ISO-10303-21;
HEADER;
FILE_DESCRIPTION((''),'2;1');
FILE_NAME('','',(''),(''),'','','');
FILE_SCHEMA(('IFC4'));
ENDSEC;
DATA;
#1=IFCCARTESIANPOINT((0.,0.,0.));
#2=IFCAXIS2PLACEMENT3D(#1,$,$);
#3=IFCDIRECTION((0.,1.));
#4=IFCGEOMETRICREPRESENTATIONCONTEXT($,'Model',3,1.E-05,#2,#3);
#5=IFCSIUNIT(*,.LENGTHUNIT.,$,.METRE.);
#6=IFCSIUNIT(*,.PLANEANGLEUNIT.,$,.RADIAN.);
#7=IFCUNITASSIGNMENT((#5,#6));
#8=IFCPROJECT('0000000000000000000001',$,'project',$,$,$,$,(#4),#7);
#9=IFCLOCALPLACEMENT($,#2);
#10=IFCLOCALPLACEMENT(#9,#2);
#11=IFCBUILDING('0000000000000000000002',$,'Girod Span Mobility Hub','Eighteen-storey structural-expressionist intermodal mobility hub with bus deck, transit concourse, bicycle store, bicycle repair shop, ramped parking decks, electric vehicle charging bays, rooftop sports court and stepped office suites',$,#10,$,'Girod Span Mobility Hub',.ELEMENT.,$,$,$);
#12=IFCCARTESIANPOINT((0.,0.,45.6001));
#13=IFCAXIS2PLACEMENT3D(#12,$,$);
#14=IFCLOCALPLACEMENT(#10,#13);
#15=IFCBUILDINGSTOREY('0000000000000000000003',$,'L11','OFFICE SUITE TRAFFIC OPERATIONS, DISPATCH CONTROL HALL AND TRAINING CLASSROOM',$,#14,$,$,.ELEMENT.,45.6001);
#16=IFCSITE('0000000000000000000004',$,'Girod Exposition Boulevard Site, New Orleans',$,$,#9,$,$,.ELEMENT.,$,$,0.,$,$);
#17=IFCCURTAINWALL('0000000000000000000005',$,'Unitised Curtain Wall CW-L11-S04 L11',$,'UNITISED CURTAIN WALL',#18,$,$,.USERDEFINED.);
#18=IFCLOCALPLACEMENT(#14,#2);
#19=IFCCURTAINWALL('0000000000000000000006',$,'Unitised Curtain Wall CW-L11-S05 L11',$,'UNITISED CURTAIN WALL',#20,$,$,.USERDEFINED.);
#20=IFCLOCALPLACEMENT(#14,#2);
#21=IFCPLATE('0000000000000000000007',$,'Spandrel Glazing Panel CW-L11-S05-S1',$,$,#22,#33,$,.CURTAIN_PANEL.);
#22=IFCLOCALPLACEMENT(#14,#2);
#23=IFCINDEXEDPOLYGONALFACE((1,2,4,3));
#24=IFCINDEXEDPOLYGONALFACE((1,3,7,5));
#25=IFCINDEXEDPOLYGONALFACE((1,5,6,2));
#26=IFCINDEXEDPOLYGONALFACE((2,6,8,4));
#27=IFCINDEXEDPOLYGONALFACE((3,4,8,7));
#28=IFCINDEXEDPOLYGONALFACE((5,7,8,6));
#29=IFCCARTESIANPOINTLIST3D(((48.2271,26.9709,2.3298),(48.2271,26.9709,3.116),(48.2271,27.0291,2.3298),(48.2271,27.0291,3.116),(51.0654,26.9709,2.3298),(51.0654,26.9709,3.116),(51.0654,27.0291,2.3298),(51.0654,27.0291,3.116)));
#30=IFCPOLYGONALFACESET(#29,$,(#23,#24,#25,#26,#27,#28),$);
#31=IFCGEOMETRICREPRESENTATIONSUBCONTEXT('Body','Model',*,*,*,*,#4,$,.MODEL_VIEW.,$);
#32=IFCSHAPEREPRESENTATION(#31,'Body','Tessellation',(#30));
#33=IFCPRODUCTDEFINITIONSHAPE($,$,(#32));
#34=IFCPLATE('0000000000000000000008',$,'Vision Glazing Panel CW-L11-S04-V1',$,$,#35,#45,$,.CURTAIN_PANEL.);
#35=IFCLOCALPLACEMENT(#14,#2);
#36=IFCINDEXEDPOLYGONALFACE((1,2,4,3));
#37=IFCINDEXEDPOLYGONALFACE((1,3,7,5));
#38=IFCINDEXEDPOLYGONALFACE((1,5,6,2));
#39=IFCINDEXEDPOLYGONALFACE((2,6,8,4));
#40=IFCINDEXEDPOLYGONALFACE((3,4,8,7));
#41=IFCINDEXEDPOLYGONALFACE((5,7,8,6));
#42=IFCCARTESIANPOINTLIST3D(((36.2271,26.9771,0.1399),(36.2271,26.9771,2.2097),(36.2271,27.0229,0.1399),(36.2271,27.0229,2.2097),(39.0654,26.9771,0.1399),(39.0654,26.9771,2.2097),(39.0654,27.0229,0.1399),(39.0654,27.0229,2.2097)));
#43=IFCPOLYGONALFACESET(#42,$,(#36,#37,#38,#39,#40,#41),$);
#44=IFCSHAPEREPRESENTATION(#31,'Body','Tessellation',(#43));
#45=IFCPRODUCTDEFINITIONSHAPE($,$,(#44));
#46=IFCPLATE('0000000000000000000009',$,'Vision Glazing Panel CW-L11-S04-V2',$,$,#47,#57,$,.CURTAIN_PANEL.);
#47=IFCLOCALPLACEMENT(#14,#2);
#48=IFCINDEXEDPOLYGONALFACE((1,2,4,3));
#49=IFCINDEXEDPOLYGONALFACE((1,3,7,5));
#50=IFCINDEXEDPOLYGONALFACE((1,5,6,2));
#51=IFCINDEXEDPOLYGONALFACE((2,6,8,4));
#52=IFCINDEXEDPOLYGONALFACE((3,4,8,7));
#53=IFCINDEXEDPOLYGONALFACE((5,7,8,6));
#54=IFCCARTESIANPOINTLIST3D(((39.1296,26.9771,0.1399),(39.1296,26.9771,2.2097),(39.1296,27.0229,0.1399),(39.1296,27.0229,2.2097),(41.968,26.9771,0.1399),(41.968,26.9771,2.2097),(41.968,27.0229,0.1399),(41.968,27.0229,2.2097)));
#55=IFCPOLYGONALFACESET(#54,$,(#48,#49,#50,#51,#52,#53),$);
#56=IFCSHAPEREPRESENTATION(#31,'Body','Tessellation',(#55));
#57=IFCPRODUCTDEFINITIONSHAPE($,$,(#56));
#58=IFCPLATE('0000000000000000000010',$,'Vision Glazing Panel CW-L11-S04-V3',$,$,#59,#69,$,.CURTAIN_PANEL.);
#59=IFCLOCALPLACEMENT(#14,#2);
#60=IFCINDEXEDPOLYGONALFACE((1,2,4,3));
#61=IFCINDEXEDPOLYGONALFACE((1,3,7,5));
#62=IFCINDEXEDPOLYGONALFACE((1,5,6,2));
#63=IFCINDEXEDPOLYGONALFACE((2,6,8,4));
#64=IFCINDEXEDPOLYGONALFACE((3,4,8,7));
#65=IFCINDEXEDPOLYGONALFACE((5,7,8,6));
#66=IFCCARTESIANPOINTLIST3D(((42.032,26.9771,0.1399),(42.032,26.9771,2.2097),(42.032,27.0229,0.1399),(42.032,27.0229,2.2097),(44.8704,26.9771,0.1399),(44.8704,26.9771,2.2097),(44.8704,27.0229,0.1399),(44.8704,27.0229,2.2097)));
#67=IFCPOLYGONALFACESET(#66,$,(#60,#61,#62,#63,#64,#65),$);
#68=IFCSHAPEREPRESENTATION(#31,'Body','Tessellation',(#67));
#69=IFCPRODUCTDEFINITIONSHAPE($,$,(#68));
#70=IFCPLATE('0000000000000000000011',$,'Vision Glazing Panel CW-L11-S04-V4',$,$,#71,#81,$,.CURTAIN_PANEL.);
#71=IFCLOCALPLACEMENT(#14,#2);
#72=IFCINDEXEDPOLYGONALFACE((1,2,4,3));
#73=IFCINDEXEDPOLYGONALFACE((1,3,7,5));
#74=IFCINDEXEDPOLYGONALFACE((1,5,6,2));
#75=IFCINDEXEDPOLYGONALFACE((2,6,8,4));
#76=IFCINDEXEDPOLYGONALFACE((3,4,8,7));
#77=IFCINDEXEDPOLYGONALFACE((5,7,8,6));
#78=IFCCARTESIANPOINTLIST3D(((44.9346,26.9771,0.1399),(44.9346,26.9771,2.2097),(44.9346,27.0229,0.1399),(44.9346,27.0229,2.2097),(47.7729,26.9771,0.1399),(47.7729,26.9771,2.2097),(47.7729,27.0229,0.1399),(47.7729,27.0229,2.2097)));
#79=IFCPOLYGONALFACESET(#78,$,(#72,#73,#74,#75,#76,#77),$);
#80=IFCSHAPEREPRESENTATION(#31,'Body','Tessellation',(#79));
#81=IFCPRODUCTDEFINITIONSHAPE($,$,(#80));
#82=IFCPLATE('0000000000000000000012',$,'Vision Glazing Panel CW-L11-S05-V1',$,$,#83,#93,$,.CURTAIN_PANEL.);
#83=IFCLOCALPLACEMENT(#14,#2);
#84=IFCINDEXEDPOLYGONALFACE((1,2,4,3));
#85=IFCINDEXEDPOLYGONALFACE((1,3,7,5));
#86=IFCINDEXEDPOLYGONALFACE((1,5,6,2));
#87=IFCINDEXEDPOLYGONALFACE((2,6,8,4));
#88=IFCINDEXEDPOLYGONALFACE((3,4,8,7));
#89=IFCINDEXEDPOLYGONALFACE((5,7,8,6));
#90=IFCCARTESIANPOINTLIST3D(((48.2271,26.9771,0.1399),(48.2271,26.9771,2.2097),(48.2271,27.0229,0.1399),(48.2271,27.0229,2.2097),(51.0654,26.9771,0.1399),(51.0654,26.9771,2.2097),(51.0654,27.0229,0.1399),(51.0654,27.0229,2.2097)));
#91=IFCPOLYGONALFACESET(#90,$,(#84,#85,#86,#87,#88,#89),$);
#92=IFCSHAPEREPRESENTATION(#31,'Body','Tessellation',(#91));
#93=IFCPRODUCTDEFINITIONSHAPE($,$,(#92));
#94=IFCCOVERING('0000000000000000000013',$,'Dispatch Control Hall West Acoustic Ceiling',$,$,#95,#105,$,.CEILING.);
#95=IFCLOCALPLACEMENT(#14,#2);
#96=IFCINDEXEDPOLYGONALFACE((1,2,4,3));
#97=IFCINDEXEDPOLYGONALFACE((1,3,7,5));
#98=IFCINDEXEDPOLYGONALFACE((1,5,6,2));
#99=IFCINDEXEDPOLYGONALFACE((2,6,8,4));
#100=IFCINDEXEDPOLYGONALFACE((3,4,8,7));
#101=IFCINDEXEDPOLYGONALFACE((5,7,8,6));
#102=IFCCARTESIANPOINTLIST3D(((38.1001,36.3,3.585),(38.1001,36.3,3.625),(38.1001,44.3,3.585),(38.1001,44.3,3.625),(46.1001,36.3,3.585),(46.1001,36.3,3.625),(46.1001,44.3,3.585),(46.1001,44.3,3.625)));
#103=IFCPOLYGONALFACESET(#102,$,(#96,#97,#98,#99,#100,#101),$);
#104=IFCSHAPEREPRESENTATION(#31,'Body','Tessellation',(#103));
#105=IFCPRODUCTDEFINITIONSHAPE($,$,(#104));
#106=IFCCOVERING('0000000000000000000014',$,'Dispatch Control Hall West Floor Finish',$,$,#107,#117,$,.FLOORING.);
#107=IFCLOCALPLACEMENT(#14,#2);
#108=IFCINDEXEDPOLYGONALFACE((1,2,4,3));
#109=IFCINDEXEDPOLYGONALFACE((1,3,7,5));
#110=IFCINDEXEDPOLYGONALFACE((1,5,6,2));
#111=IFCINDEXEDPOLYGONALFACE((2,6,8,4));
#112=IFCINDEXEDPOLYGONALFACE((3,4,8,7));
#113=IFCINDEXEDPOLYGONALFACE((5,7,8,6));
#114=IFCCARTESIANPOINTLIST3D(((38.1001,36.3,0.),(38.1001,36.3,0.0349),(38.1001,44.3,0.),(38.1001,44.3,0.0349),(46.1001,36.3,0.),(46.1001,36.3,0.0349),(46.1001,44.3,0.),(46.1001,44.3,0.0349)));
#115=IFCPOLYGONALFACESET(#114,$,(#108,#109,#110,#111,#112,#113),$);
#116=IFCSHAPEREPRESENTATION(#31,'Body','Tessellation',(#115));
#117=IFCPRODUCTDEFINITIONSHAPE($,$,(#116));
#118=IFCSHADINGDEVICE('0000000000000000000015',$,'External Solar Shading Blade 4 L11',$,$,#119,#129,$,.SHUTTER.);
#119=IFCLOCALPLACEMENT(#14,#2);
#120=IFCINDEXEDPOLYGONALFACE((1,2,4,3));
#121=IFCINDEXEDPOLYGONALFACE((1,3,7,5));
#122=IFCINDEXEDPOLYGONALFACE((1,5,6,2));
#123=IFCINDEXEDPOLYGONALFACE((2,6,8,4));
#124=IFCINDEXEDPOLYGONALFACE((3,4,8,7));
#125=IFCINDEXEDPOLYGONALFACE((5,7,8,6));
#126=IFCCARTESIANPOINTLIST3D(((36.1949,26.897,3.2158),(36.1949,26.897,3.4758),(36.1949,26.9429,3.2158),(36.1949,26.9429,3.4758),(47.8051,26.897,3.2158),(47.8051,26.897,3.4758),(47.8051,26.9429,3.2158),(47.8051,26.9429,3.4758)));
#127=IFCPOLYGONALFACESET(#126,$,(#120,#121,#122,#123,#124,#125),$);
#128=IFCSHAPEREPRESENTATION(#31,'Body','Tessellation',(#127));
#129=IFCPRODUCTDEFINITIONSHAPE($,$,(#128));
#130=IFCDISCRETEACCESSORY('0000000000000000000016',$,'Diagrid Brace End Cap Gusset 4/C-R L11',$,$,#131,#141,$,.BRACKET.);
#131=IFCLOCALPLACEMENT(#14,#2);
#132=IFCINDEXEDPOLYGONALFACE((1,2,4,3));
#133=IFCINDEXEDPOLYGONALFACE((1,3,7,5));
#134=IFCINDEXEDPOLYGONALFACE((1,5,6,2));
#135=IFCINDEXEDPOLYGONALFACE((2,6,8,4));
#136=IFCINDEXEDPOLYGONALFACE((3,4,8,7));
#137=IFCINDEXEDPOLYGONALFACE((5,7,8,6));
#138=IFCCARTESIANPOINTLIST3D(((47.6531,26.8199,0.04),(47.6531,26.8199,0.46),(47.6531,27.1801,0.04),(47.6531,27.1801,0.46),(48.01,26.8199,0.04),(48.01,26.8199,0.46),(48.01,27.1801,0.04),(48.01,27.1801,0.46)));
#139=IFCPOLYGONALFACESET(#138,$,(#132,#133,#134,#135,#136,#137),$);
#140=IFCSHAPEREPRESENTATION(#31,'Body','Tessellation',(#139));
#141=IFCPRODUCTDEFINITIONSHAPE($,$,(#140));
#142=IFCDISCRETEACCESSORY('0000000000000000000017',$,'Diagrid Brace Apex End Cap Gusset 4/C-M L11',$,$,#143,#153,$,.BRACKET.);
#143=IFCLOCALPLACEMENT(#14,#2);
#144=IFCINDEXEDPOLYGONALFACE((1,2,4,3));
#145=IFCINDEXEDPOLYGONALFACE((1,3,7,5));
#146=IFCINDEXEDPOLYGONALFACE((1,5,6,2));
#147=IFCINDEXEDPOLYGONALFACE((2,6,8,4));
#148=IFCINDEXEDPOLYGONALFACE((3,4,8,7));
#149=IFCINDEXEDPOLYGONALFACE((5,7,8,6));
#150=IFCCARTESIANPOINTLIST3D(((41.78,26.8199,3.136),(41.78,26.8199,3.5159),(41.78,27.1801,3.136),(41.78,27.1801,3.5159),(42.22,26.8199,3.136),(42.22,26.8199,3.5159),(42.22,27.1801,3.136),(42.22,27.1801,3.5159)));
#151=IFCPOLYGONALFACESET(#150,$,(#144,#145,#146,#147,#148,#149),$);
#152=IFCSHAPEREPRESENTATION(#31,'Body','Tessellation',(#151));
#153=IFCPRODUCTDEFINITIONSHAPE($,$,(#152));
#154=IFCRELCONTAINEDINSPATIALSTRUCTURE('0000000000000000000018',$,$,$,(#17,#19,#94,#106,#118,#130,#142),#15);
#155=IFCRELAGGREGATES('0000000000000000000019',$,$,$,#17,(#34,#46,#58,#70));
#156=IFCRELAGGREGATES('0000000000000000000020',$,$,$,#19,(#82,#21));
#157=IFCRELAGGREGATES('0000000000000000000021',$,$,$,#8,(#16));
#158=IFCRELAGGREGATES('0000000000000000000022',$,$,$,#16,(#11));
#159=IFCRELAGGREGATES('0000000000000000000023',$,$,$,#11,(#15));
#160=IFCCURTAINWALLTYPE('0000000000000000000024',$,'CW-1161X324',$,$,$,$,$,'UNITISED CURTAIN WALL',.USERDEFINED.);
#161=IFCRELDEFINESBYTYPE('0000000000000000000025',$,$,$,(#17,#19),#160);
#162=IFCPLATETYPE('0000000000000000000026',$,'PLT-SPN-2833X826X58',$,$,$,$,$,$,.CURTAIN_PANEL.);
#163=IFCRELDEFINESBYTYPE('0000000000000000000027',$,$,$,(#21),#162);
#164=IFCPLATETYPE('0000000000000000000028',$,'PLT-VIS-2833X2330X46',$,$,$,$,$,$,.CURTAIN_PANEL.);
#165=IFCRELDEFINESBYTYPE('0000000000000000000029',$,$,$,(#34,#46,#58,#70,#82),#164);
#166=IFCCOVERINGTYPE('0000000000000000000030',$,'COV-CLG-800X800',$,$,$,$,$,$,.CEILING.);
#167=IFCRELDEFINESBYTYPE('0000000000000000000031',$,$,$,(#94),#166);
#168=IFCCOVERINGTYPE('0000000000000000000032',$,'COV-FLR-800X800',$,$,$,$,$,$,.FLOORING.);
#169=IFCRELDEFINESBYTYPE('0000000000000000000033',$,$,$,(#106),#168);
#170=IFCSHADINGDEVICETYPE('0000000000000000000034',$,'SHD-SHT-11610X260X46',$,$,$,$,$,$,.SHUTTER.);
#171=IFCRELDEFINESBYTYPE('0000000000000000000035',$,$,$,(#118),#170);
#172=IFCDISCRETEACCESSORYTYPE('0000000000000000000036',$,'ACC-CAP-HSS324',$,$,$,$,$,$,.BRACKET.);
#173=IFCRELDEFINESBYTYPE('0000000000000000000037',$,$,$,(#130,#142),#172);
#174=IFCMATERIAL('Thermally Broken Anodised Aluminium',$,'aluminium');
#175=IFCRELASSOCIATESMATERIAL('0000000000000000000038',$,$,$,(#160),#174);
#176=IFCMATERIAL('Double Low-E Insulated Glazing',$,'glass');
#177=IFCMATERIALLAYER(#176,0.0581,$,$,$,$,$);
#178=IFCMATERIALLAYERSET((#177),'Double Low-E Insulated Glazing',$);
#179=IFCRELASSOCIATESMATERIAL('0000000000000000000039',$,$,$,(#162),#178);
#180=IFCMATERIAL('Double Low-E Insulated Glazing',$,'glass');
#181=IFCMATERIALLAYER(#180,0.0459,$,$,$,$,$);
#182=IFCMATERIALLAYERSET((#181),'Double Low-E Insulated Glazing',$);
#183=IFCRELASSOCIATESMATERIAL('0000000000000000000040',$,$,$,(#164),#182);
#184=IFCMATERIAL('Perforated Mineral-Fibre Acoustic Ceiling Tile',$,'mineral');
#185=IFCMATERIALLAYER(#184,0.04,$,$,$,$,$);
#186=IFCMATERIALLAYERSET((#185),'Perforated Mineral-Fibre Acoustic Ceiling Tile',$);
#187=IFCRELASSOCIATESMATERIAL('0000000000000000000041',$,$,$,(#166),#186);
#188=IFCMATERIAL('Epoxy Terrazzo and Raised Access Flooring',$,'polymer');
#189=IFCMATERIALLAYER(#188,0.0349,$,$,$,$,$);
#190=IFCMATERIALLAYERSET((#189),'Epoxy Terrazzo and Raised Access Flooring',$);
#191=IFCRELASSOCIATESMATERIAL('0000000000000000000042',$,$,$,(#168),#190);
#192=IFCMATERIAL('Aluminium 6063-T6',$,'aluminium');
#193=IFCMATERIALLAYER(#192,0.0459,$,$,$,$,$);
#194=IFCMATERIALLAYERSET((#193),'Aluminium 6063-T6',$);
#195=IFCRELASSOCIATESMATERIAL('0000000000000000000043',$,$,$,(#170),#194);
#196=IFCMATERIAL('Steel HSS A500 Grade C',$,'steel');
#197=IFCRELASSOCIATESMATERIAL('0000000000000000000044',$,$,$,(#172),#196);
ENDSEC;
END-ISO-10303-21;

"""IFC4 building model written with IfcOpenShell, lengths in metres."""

from ifc_helpers import new_model, si_unit, direction, frame, origin, origin_2d, place, context, subcontext, project, spatial, rectangle, extrude, material, layer, layer_set, type_object, element, aggregate, save


model = new_model("IFC4")

# Units and contexts
model_context = context("Model", 3, precision=1e-05, world=origin(), true_north=direction((0.0, 1.0)))
body_context = subcontext(model_context, "Body", "Model", "MODEL_VIEW")
ifc_project = project(units=[si_unit("LENGTHUNIT", "METRE"), si_unit("PLANEANGLEUNIT", "RADIAN")], contexts=[model_context])

# Site, building, storey
site_placement = place(None, origin())
site = spatial("IfcSite", under=ifc_project, at=site_placement, Name="Girod Exposition Boulevard Site, New Orleans", CompositionType="ELEMENT", RefElevation=0.0)
building_placement = place(site_placement, origin())
building = spatial("IfcBuilding", under=site, at=building_placement, Name="Girod Span Mobility Hub", Description="Eighteen-storey structural-expressionist intermodal mobility hub with bus deck, transit concourse, bicycle store, bicycle repair shop, ramped parking decks, electric vehicle charging bays, rooftop sports court and stepped office suites", LongName="Girod Span Mobility Hub", CompositionType="ELEMENT")
storey_placement = place(building_placement, frame((0.0, 0.0, 45.6001)))
storey = spatial("IfcBuildingStorey", under=building, at=storey_placement, Name="L11", Description="OFFICE SUITE TRAFFIC OPERATIONS, DISPATCH CONTROL HALL AND TRAINING CLASSROOM", CompositionType="ELEMENT", Elevation=45.6001)

# Curtain walls
ifc_material_1 = material(Name="Thermally Broken Anodised Aluminium", Category="aluminium")
curtain_wall_type = type_object("IfcCurtainWallType", Name="CW-1161X324", ElementType="UNITISED CURTAIN WALL", PredefinedType="USERDEFINED", material=ifc_material_1)
curtain_wall_1_placement = place(storey_placement, origin())
curtain_wall_1 = element("IfcCurtainWall", 1, at=curtain_wall_1_placement, inside=storey, type_object=curtain_wall_type, Name="Unitised Curtain Wall CW-L11-S04 L11", ObjectType="UNITISED CURTAIN WALL", PredefinedType="USERDEFINED")
curtain_wall_2_placement = place(storey_placement, origin())
curtain_wall_2 = element("IfcCurtainWall", 2, at=curtain_wall_2_placement, inside=storey, type_object=curtain_wall_type, Name="Unitised Curtain Wall CW-L11-S05 L11", ObjectType="UNITISED CURTAIN WALL", PredefinedType="USERDEFINED")

# Plates
ifc_material_2 = material(Name="Double Low-E Insulated Glazing", Category="glass")
ifc_layer_1 = layer(ifc_material_2, 0.0581)
ifc_layer_set_1 = layer_set([ifc_layer_1], Name="Double Low-E Insulated Glazing")
plate_type_1 = type_object("IfcPlateType", Name="PLT-SPN-2833X826X58", PredefinedType="CURTAIN_PANEL", material=ifc_layer_set_1)
plate_1_placement = place(storey_placement, frame((49.6462, 27.0, 2.3298), z_axis=(0.0, 0.0, 1.0), x_axis=(1.0, 0.0, 0.0)))
plate_1 = element("IfcPlate", 3, at=plate_1_placement, type_object=plate_type_1, Name="Spandrel Glazing Panel CW-L11-S05-S1", PredefinedType="CURTAIN_PANEL", context=body_context, shape_type="SweptSolid", body=[
    extrude(rectangle(XDim=2.8384, YDim=0.0581, at=origin_2d()), origin(), (0.0, 0.0, 1.0), 0.7861),
])
ifc_material_3 = material(Name="Double Low-E Insulated Glazing", Category="glass")
ifc_layer_2 = layer(ifc_material_3, 0.0459)
ifc_layer_set_2 = layer_set([ifc_layer_2], Name="Double Low-E Insulated Glazing")
plate_type_2 = type_object("IfcPlateType", Name="PLT-VIS-2833X2330X46", PredefinedType="CURTAIN_PANEL", material=ifc_layer_set_2)
plate_2_placement = place(storey_placement, frame((37.6462, 27.0, 0.1399), z_axis=(0.0, 0.0, 1.0), x_axis=(1.0, 0.0, 0.0)))
plate_2 = element("IfcPlate", 4, at=plate_2_placement, type_object=plate_type_2, Name="Vision Glazing Panel CW-L11-S04-V1", PredefinedType="CURTAIN_PANEL", context=body_context, shape_type="SweptSolid", body=[
    extrude(rectangle(XDim=2.8384, YDim=0.0459, at=origin_2d()), origin(), (0.0, 0.0, 1.0), 2.0698),
])
plate_3_placement = place(storey_placement, frame((40.5488, 27.0, 0.1399), z_axis=(0.0, 0.0, 1.0), x_axis=(1.0, 0.0, 0.0)))
plate_3 = element("IfcPlate", 5, at=plate_3_placement, type_object=plate_type_2, Name="Vision Glazing Panel CW-L11-S04-V2", PredefinedType="CURTAIN_PANEL", context=body_context, shape_type="SweptSolid", body=[
    extrude(rectangle(XDim=2.8384, YDim=0.0459, at=origin_2d()), origin(), (0.0, 0.0, 1.0), 2.0698),
])
plate_4_placement = place(storey_placement, frame((43.4512, 27.0, 0.1399), z_axis=(0.0, 0.0, 1.0), x_axis=(1.0, 0.0, 0.0)))
plate_4 = element("IfcPlate", 6, at=plate_4_placement, type_object=plate_type_2, Name="Vision Glazing Panel CW-L11-S04-V3", PredefinedType="CURTAIN_PANEL", context=body_context, shape_type="SweptSolid", body=[
    extrude(rectangle(XDim=2.8384, YDim=0.0459, at=origin_2d()), origin(), (0.0, 0.0, 1.0), 2.0698),
])
plate_5_placement = place(storey_placement, frame((46.3538, 27.0, 0.1399), z_axis=(0.0, 0.0, 1.0), x_axis=(1.0, 0.0, 0.0)))
plate_5 = element("IfcPlate", 7, at=plate_5_placement, type_object=plate_type_2, Name="Vision Glazing Panel CW-L11-S04-V4", PredefinedType="CURTAIN_PANEL", context=body_context, shape_type="SweptSolid", body=[
    extrude(rectangle(XDim=2.8384, YDim=0.0459, at=origin_2d()), origin(), (0.0, 0.0, 1.0), 2.0698),
])
aggregate(curtain_wall_1, [plate_2, plate_3, plate_4, plate_5])
plate_6_placement = place(storey_placement, frame((49.6462, 27.0, 0.1399), z_axis=(0.0, 0.0, 1.0), x_axis=(1.0, 0.0, 0.0)))
plate_6 = element("IfcPlate", 8, at=plate_6_placement, type_object=plate_type_2, Name="Vision Glazing Panel CW-L11-S05-V1", PredefinedType="CURTAIN_PANEL", context=body_context, shape_type="SweptSolid", body=[
    extrude(rectangle(XDim=2.8384, YDim=0.0459, at=origin_2d()), origin(), (0.0, 0.0, 1.0), 2.0698),
])
aggregate(curtain_wall_2, [plate_6, plate_1])

# Coverings
ifc_material_4 = material(Name="Perforated Mineral-Fibre Acoustic Ceiling Tile", Category="mineral")
ifc_layer_3 = layer(ifc_material_4, 0.04)
ifc_layer_set_3 = layer_set([ifc_layer_3], Name="Perforated Mineral-Fibre Acoustic Ceiling Tile")
covering_type_1 = type_object("IfcCoveringType", Name="COV-CLG-800X800", PredefinedType="CEILING", material=ifc_layer_set_3)
covering_1_placement = place(storey_placement, frame((42.1001, 40.3, 3.585), z_axis=(0.0, 0.0, 1.0), x_axis=(1.0, 0.0, 0.0)))
element("IfcCovering", 9, at=covering_1_placement, inside=storey, type_object=covering_type_1, Name="Dispatch Control Hall West Acoustic Ceiling", PredefinedType="CEILING", context=body_context, shape_type="SweptSolid", body=[
    extrude(rectangle(XDim=8.0, YDim=8.0, at=origin_2d()), origin(), (0.0, 0.0, 1.0), 0.04),
])
ifc_material_5 = material(Name="Epoxy Terrazzo and Raised Access Flooring", Category="polymer")
ifc_layer_4 = layer(ifc_material_5, 0.0349)
ifc_layer_set_4 = layer_set([ifc_layer_4], Name="Epoxy Terrazzo and Raised Access Flooring")
covering_type_2 = type_object("IfcCoveringType", Name="COV-FLR-800X800", PredefinedType="FLOORING", material=ifc_layer_set_4)
covering_2_placement = place(storey_placement, frame((42.1001, 40.3, 0.0), z_axis=(0.0, 0.0, 1.0), x_axis=(1.0, 0.0, 0.0)))
element("IfcCovering", 10, at=covering_2_placement, inside=storey, type_object=covering_type_2, Name="Dispatch Control Hall West Floor Finish", PredefinedType="FLOORING", context=body_context, shape_type="SweptSolid", body=[
    extrude(rectangle(XDim=8.0, YDim=8.0, at=origin_2d()), origin(), (0.0, 0.0, 1.0), 0.0349),
])

# Shading device
ifc_material_6 = material(Name="Aluminium 6063-T6", Category="aluminium")
ifc_layer_5 = layer(ifc_material_6, 0.0459)
ifc_layer_set_5 = layer_set([ifc_layer_5], Name="Aluminium 6063-T6")
shading_device_type = type_object("IfcShadingDeviceType", Name="SHD-SHT-11610X260X46", PredefinedType="SHUTTER", material=ifc_layer_set_5)
shading_device_placement = place(storey_placement, frame((42.0, 26.9199, 3.2158), z_axis=(0.0, 0.0, 1.0), x_axis=(1.0, 0.0, 0.0)))
element("IfcShadingDevice", 11, at=shading_device_placement, inside=storey, type_object=shading_device_type, Name="External Solar Shading Blade 4 L11", PredefinedType="SHUTTER", context=body_context, shape_type="SweptSolid", body=[
    extrude(rectangle(XDim=11.6101, YDim=0.0459, at=origin_2d()), origin(), (0.0, 0.0, 1.0), 0.26),
])

# Discrete accessories
ifc_material_7 = material(Name="Steel HSS A500 Grade C", Category="steel")
discrete_accessory_type = type_object("IfcDiscreteAccessoryType", Name="ACC-CAP-HSS324", PredefinedType="BRACKET", material=ifc_material_7)
discrete_accessory_1_placement = place(storey_placement, frame((47.8315, 27.0, 0.04), z_axis=(0.0, 0.0, 1.0), x_axis=(1.0, 0.0, 0.0)))
element("IfcDiscreteAccessory", 12, at=discrete_accessory_1_placement, inside=storey, type_object=discrete_accessory_type, Name="Diagrid Brace End Cap Gusset 4/C-R L11", PredefinedType="BRACKET", context=body_context, shape_type="SweptSolid", body=[
    extrude(rectangle(XDim=0.3569, YDim=0.3601, at=origin_2d()), origin(), (0.0, 0.0, 1.0), 0.4199),
])
discrete_accessory_2_placement = place(storey_placement, frame((42.0, 27.0, 3.136), z_axis=(0.0, 0.0, 1.0), x_axis=(1.0, 0.0, 0.0)))
element("IfcDiscreteAccessory", 13, at=discrete_accessory_2_placement, inside=storey, type_object=discrete_accessory_type, Name="Diagrid Brace Apex End Cap Gusset 4/C-M L11", PredefinedType="BRACKET", context=body_context, shape_type="SweptSolid", body=[
    extrude(rectangle(XDim=0.4399, YDim=0.3601, at=origin_2d()), origin(), (0.0, 0.0, 1.0), 0.3799),
])

save(model, "model.ifc")
